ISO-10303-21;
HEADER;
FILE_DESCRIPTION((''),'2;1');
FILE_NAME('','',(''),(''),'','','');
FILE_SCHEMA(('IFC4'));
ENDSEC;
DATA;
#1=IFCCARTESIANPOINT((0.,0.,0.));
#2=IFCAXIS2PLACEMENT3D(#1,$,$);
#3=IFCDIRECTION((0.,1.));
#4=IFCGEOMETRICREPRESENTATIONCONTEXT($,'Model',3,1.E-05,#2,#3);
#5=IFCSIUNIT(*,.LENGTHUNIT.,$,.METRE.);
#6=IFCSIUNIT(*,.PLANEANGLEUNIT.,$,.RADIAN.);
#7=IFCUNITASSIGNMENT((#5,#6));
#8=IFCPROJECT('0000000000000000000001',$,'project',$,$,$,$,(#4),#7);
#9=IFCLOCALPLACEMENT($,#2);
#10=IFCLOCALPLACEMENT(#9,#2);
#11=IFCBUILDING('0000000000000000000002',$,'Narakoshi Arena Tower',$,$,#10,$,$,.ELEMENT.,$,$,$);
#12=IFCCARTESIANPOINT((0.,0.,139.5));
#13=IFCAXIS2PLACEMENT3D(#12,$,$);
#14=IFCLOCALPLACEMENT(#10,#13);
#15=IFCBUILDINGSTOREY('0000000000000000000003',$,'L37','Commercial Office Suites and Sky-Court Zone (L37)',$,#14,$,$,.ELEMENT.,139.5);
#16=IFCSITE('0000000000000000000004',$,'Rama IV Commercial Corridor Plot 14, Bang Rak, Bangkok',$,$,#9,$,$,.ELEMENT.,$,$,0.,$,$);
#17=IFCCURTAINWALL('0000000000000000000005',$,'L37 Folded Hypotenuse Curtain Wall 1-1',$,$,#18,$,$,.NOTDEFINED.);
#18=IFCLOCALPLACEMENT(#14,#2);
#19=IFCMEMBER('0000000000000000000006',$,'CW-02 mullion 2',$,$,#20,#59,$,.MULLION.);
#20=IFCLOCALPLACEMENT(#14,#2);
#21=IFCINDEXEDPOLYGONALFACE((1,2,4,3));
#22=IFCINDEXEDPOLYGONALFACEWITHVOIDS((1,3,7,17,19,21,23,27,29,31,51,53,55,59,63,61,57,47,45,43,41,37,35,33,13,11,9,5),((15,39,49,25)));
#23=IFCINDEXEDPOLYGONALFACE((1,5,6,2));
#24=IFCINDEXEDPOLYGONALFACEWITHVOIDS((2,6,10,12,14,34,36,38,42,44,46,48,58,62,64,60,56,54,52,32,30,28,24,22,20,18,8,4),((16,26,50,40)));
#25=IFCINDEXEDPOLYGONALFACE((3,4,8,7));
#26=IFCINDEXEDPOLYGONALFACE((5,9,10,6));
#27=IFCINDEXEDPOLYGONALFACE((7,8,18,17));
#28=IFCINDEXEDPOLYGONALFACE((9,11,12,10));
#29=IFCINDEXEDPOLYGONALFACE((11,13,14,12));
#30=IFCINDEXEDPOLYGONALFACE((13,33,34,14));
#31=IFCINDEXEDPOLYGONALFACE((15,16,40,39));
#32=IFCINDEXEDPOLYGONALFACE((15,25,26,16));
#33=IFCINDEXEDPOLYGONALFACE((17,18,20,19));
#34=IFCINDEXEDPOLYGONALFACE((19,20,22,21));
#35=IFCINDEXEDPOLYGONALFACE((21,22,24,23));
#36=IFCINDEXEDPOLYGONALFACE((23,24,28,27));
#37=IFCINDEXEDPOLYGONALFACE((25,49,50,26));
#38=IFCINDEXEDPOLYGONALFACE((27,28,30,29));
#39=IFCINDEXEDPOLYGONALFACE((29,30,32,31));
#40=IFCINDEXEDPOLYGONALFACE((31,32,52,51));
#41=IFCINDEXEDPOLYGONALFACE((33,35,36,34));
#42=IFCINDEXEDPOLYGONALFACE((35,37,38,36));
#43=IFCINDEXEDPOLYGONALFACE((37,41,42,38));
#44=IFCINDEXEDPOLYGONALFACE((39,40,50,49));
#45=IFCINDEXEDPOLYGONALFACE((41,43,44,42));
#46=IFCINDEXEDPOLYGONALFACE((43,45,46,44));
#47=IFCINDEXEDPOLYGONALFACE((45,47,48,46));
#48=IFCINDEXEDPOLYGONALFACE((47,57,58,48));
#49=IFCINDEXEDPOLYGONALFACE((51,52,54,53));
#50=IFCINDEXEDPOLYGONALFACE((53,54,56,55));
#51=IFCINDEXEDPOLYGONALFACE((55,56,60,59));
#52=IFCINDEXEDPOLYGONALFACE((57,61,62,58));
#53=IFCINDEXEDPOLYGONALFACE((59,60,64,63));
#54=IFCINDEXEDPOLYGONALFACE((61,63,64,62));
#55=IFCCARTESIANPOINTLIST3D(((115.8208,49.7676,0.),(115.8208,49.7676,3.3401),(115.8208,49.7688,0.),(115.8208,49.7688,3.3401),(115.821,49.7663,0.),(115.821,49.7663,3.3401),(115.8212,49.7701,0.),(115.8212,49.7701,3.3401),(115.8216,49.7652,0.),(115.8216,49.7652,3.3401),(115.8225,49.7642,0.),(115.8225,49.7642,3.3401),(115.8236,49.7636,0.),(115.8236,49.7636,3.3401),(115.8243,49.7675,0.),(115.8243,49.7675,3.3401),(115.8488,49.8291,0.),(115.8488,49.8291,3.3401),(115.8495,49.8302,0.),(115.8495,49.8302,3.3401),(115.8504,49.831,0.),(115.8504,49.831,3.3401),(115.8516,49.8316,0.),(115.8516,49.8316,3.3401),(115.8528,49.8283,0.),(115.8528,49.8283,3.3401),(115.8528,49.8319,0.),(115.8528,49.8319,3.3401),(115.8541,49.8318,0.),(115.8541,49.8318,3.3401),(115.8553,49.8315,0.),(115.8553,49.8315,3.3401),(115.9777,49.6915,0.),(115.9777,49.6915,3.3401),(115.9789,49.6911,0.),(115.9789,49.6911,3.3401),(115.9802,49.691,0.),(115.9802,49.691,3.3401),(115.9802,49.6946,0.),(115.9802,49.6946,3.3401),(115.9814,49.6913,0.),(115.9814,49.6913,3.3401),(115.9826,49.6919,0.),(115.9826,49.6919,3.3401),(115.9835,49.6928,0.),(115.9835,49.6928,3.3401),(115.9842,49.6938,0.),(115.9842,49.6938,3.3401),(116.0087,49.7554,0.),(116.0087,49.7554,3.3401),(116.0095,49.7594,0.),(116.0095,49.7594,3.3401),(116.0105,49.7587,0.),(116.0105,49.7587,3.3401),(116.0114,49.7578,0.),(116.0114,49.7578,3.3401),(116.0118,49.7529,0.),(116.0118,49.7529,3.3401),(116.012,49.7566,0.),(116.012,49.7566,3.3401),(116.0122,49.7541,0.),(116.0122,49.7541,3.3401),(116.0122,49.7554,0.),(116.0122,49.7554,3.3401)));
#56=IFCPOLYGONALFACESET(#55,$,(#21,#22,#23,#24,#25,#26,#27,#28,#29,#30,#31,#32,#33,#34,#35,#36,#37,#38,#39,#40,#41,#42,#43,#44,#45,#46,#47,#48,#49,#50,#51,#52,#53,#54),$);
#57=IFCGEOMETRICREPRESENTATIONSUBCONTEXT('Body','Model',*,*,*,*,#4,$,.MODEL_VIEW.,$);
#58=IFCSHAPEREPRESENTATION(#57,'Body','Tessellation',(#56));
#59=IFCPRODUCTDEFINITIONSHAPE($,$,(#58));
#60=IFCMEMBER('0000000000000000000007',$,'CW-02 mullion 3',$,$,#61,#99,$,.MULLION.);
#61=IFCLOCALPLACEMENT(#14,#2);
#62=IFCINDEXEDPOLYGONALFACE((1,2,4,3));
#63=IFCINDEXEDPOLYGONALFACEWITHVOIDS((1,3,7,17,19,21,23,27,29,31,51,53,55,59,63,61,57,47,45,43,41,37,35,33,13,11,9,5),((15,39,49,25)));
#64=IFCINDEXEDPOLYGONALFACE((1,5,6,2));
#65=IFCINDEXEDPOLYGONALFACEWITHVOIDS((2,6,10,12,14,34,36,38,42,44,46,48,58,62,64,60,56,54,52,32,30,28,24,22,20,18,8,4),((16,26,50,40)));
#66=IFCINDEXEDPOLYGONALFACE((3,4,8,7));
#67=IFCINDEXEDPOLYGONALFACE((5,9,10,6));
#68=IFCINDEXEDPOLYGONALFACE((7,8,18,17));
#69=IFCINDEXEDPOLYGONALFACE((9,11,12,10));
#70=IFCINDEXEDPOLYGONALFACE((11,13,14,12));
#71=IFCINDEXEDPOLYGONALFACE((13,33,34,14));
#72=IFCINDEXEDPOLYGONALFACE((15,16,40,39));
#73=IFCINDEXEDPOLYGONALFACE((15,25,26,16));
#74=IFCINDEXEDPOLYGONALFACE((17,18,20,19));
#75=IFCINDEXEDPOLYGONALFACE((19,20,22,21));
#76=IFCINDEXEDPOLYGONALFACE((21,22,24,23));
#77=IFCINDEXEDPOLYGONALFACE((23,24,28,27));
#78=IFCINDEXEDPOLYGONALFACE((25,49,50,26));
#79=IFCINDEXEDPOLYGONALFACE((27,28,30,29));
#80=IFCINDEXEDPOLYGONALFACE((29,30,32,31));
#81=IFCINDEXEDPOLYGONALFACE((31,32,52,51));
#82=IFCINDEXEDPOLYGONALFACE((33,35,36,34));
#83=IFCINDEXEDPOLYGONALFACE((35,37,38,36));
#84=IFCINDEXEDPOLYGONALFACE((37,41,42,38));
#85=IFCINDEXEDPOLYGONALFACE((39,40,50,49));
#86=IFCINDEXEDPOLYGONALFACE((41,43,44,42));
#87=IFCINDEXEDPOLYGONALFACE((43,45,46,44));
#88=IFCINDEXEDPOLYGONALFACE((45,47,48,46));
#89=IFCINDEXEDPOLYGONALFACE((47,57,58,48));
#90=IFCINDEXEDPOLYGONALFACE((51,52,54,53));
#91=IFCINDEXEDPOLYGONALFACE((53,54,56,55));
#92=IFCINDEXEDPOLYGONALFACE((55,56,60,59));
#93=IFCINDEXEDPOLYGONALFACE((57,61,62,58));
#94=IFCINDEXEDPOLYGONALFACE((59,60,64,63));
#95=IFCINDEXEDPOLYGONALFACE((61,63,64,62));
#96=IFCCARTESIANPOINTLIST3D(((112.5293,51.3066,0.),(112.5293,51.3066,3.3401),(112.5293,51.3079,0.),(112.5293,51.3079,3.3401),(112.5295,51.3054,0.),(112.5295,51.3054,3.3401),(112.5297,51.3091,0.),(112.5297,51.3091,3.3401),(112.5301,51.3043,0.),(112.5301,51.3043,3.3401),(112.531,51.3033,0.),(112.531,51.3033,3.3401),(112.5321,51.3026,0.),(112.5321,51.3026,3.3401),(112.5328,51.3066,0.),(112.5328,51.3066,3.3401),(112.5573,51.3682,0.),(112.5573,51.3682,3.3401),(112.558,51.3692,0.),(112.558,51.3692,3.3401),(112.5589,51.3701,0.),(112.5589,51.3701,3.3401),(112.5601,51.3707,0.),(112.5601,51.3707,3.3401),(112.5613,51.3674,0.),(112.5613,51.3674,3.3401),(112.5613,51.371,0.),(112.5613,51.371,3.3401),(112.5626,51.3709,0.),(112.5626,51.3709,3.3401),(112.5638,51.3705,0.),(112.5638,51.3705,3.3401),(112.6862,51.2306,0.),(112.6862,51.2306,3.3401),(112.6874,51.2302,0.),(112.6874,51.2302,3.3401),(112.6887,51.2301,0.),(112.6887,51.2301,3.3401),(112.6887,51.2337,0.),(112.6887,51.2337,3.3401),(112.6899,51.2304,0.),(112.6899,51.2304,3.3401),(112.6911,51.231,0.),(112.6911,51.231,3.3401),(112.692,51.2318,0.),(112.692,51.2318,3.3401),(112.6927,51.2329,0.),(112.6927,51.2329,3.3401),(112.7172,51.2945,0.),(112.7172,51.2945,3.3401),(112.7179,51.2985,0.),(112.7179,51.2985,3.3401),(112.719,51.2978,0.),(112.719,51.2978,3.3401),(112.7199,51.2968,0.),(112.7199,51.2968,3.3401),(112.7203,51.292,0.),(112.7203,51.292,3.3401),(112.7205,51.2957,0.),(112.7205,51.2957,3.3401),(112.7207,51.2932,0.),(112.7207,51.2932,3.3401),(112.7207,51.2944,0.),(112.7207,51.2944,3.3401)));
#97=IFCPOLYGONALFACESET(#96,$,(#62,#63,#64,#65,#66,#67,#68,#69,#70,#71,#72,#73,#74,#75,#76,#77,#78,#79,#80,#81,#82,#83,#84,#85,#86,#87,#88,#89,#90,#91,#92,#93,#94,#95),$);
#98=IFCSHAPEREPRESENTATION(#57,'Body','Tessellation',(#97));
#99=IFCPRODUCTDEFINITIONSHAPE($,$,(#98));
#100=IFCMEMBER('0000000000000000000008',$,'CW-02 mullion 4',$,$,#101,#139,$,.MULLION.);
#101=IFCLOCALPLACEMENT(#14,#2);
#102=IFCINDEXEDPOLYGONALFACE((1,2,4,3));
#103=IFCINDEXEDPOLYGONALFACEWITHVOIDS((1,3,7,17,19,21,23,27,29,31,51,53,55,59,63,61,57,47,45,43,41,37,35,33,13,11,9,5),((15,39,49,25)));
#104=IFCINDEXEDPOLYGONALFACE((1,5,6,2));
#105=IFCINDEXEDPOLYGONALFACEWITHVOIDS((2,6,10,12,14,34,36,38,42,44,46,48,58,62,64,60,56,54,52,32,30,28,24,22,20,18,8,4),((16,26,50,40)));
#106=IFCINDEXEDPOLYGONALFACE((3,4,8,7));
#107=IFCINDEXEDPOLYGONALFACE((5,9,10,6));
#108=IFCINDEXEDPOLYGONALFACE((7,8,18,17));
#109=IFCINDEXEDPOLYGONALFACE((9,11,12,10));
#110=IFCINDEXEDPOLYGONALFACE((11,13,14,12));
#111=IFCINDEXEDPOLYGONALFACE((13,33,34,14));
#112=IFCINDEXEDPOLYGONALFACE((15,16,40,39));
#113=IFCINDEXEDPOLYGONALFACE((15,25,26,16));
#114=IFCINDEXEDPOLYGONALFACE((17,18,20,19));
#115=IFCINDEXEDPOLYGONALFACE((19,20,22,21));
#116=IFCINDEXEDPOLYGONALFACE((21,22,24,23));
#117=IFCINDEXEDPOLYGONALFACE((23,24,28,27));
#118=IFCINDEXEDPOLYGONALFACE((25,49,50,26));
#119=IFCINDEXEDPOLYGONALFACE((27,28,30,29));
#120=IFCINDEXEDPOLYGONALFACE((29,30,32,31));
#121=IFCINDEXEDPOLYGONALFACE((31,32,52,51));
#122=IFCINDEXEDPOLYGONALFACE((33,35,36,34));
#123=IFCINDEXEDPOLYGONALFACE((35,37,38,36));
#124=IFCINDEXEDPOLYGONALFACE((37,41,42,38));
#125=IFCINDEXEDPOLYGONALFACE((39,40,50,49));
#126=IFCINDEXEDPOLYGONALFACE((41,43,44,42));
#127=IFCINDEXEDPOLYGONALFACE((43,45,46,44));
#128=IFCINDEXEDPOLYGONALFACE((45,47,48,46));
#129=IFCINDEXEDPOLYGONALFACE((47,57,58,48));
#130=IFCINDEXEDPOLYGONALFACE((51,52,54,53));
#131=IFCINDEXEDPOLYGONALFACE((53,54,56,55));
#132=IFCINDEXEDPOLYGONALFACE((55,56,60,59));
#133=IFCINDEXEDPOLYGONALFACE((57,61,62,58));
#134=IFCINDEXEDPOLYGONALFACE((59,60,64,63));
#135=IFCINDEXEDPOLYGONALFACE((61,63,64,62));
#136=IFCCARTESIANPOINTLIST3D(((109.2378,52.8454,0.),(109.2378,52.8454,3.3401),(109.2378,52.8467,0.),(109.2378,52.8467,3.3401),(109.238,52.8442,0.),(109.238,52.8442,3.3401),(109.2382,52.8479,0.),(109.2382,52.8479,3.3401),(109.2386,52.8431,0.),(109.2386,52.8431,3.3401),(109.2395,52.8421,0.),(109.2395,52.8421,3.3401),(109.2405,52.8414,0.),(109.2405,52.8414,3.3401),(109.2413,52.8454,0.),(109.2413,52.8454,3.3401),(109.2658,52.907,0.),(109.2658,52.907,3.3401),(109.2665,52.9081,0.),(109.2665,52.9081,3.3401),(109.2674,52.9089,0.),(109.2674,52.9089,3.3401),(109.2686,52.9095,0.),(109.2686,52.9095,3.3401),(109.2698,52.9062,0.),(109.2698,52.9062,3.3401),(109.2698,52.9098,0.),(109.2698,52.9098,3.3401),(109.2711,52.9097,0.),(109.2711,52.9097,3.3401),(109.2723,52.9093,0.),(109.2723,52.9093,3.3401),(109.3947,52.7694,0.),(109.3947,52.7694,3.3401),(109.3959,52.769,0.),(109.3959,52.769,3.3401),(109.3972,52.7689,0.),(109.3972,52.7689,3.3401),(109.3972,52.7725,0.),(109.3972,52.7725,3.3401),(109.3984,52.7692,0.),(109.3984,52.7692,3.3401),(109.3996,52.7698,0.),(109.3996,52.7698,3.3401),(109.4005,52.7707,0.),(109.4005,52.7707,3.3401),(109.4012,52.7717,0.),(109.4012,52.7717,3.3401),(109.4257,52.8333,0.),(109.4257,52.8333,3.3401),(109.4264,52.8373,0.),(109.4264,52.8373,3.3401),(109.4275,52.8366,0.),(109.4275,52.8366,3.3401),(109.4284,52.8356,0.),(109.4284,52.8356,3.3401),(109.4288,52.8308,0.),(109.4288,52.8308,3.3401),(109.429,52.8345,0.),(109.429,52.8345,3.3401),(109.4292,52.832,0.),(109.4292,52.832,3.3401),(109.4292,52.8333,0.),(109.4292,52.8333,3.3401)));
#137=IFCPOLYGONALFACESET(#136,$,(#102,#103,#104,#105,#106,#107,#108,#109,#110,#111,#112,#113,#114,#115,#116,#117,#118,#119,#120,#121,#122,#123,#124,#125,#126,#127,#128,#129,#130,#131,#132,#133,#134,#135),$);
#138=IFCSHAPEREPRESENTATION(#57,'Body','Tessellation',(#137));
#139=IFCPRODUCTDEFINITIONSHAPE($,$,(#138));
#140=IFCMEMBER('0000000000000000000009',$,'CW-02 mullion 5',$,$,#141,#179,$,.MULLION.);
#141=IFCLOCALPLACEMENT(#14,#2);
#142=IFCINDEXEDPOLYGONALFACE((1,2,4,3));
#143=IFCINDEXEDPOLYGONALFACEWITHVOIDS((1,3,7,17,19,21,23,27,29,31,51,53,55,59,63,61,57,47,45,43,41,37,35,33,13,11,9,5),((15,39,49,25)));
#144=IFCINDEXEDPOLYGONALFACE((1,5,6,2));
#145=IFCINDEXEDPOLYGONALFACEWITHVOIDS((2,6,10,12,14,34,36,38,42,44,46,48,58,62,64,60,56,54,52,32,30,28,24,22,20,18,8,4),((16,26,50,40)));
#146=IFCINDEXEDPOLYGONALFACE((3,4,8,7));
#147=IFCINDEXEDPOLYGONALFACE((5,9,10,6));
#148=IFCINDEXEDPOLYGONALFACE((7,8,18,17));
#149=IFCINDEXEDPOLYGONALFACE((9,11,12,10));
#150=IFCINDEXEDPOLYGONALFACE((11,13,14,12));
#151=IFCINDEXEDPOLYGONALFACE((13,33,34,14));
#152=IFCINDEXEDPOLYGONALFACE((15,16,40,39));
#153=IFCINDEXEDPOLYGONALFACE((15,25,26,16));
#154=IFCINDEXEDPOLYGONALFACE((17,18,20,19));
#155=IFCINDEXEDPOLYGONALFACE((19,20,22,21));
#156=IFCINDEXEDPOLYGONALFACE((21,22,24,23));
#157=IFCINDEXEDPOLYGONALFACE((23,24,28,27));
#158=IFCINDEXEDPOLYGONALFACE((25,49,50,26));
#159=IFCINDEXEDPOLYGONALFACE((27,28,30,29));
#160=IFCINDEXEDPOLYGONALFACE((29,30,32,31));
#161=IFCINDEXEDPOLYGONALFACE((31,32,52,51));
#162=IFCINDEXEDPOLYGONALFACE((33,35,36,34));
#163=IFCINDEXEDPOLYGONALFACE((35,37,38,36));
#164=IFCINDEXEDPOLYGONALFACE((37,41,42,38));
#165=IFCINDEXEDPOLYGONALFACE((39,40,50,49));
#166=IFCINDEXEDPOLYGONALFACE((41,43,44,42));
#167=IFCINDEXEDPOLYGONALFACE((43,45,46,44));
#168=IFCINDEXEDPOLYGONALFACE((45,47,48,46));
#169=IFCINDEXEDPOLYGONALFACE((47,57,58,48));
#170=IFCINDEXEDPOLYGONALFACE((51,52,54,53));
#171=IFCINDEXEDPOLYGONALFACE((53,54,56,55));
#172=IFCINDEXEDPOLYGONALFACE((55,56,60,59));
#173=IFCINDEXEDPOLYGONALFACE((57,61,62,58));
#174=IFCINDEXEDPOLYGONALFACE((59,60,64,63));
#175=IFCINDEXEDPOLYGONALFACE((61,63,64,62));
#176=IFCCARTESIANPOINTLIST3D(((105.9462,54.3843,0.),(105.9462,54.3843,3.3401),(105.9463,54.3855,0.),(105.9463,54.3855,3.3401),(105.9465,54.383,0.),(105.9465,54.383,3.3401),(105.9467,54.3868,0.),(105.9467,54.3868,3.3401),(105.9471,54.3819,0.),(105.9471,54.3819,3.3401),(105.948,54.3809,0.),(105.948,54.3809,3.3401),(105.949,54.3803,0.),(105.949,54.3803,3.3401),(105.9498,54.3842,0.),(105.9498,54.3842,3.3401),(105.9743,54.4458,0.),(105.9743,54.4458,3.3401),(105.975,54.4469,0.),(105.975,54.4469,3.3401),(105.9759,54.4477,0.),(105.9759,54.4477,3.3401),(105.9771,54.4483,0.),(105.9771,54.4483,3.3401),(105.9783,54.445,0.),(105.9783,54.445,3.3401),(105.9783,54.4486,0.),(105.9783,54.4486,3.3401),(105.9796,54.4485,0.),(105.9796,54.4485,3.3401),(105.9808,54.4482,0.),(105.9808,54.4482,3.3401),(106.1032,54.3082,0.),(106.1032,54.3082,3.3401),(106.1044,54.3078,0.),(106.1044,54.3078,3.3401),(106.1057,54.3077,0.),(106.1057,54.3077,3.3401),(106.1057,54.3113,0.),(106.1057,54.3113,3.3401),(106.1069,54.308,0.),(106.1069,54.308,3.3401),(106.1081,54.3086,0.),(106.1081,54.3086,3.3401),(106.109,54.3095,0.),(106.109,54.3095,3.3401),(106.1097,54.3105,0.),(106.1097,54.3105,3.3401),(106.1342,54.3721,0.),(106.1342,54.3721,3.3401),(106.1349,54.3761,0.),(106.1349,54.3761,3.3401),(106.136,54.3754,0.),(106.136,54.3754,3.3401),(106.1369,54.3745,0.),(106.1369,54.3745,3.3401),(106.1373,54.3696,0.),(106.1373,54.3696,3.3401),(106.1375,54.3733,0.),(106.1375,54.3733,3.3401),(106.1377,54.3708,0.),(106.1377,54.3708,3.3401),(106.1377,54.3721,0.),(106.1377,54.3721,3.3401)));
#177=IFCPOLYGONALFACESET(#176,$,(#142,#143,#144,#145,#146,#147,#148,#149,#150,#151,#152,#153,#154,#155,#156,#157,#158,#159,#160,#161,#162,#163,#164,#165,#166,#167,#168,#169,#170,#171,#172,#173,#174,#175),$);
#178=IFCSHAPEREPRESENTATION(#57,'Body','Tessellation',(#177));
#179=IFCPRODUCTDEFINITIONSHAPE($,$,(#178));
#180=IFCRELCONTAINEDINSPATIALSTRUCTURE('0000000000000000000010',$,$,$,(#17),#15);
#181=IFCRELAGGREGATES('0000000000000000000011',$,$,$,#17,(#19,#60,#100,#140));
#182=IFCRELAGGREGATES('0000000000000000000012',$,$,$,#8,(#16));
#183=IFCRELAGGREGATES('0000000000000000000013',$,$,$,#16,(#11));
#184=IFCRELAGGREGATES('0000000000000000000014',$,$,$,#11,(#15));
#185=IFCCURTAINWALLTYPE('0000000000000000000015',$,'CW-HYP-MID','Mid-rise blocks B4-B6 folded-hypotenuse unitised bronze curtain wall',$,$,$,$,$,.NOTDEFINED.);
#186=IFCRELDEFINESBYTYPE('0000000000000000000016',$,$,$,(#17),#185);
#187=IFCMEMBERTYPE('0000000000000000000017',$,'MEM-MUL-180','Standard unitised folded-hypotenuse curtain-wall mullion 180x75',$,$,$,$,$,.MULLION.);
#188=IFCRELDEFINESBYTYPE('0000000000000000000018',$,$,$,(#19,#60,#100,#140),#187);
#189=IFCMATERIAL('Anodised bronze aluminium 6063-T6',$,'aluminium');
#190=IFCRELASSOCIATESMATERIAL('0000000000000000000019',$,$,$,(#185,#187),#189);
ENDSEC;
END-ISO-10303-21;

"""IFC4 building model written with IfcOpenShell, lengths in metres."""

from ifc_helpers import new_model, si_unit, direction, frame, origin, origin_2d, place, context, subcontext, project, spatial, hollow_rectangle, extrude, material, material_profile, profile_set, type_object, element, aggregate, save


model = new_model("IFC4")

# Units and contexts
model_context = context("Model", 3, precision=1e-05, world=origin(), true_north=direction((0.0, 1.0)))
body_context = subcontext(model_context, "Body", "Model", "MODEL_VIEW")
ifc_project = project(units=[si_unit("LENGTHUNIT", "METRE"), si_unit("PLANEANGLEUNIT", "RADIAN")], contexts=[model_context])

# Site, building, storey
site_placement = place(None, origin())
site = spatial("IfcSite", under=ifc_project, at=site_placement, Name="Rama IV Commercial Corridor Plot 14, Bang Rak, Bangkok", CompositionType="ELEMENT", RefElevation=0.0)
building_placement = place(site_placement, origin())
building = spatial("IfcBuilding", under=site, at=building_placement, Name="Narakoshi Arena Tower", CompositionType="ELEMENT")
storey_placement = place(building_placement, frame((0.0, 0.0, 139.5)))
storey = spatial("IfcBuildingStorey", under=building, at=storey_placement, Name="L37", Description="Commercial Office Suites and Sky-Court Zone (L37)", CompositionType="ELEMENT", Elevation=139.5)

# Curtain wall, members
ifc_material_1 = material(Name="Anodised bronze aluminium 6063-T6", Category="aluminium")
curtain_wall_type = type_object("IfcCurtainWallType", Name="CW-HYP-MID", Description="Mid-rise blocks B4-B6 folded-hypotenuse unitised bronze curtain wall", PredefinedType="NOTDEFINED", material=ifc_material_1)
curtain_wall_placement = place(storey_placement, origin())
curtain_wall = element("IfcCurtainWall", 1, at=curtain_wall_placement, inside=storey, type_object=curtain_wall_type, Name="L37 Folded Hypotenuse Curtain Wall 1-1", PredefinedType="NOTDEFINED")
ifc_material_profile_1 = material_profile(ifc_material_1, hollow_rectangle(XDim=0.075, YDim=0.1799, WallThickness=0.0039, OuterFilletRadius=0.0049, at=origin_2d()), Name="MUL180x75x4")
ifc_profile_set_1 = profile_set([ifc_material_profile_1], Name="Anodised bronze aluminium 6063-T6")
member_type_1 = type_object("IfcMemberType", Name="MEM-MUL-180", Description="Standard unitised folded-hypotenuse curtain-wall mullion 180x75", PredefinedType="MULLION", material=ifc_profile_set_1)
member_1_placement = place(storey_placement, frame((115.9165, 49.7615, 0.0), z_axis=(0.0, 0.0, 1.0), x_axis=(-0.423532, -0.905881, 0.0)))
member_1 = element("IfcMember", 2, at=member_1_placement, type_object=member_type_1, Name="CW-02 mullion 2", PredefinedType="MULLION", context=body_context, shape_type="SweptSolid", body=[
    extrude(hollow_rectangle(XDim=0.075, YDim=0.1799, WallThickness=0.0039, OuterFilletRadius=0.0049, at=origin_2d()), origin(), (0.0, 0.0, 1.0), 3.3401),
])
member_2_placement = place(storey_placement, frame((112.625, 51.3005, 0.0), z_axis=(0.0, 0.0, 1.0), x_axis=(-0.423532, -0.905881, 0.0)))
member_2 = element("IfcMember", 3, at=member_2_placement, type_object=member_type_1, Name="CW-02 mullion 3", PredefinedType="MULLION", context=body_context, shape_type="SweptSolid", body=[
    extrude(hollow_rectangle(XDim=0.075, YDim=0.1799, WallThickness=0.0039, OuterFilletRadius=0.0049, at=origin_2d()), origin(), (0.0, 0.0, 1.0), 3.3401),
])
member_3_placement = place(storey_placement, frame((109.3335, 52.8394, 0.0), z_axis=(0.0, 0.0, 1.0), x_axis=(-0.423532, -0.905881, 0.0)))
member_3 = element("IfcMember", 4, at=member_3_placement, type_object=member_type_1, Name="CW-02 mullion 4", PredefinedType="MULLION", context=body_context, shape_type="SweptSolid", body=[
    extrude(hollow_rectangle(XDim=0.075, YDim=0.1799, WallThickness=0.0039, OuterFilletRadius=0.0049, at=origin_2d()), origin(), (0.0, 0.0, 1.0), 3.3401),
])
member_4_placement = place(storey_placement, frame((106.042, 54.3782, 0.0), z_axis=(0.0, 0.0, 1.0), x_axis=(-0.423532, -0.905881, 0.0)))
member_4 = element("IfcMember", 5, at=member_4_placement, type_object=member_type_1, Name="CW-02 mullion 5", PredefinedType="MULLION", context=body_context, shape_type="SweptSolid", body=[
    extrude(hollow_rectangle(XDim=0.075, YDim=0.1799, WallThickness=0.0039, OuterFilletRadius=0.0049, at=origin_2d()), origin(), (0.0, 0.0, 1.0), 3.3401),
])
aggregate(curtain_wall, [member_1, member_2, member_3, member_4])

save(model, "model.ifc")
